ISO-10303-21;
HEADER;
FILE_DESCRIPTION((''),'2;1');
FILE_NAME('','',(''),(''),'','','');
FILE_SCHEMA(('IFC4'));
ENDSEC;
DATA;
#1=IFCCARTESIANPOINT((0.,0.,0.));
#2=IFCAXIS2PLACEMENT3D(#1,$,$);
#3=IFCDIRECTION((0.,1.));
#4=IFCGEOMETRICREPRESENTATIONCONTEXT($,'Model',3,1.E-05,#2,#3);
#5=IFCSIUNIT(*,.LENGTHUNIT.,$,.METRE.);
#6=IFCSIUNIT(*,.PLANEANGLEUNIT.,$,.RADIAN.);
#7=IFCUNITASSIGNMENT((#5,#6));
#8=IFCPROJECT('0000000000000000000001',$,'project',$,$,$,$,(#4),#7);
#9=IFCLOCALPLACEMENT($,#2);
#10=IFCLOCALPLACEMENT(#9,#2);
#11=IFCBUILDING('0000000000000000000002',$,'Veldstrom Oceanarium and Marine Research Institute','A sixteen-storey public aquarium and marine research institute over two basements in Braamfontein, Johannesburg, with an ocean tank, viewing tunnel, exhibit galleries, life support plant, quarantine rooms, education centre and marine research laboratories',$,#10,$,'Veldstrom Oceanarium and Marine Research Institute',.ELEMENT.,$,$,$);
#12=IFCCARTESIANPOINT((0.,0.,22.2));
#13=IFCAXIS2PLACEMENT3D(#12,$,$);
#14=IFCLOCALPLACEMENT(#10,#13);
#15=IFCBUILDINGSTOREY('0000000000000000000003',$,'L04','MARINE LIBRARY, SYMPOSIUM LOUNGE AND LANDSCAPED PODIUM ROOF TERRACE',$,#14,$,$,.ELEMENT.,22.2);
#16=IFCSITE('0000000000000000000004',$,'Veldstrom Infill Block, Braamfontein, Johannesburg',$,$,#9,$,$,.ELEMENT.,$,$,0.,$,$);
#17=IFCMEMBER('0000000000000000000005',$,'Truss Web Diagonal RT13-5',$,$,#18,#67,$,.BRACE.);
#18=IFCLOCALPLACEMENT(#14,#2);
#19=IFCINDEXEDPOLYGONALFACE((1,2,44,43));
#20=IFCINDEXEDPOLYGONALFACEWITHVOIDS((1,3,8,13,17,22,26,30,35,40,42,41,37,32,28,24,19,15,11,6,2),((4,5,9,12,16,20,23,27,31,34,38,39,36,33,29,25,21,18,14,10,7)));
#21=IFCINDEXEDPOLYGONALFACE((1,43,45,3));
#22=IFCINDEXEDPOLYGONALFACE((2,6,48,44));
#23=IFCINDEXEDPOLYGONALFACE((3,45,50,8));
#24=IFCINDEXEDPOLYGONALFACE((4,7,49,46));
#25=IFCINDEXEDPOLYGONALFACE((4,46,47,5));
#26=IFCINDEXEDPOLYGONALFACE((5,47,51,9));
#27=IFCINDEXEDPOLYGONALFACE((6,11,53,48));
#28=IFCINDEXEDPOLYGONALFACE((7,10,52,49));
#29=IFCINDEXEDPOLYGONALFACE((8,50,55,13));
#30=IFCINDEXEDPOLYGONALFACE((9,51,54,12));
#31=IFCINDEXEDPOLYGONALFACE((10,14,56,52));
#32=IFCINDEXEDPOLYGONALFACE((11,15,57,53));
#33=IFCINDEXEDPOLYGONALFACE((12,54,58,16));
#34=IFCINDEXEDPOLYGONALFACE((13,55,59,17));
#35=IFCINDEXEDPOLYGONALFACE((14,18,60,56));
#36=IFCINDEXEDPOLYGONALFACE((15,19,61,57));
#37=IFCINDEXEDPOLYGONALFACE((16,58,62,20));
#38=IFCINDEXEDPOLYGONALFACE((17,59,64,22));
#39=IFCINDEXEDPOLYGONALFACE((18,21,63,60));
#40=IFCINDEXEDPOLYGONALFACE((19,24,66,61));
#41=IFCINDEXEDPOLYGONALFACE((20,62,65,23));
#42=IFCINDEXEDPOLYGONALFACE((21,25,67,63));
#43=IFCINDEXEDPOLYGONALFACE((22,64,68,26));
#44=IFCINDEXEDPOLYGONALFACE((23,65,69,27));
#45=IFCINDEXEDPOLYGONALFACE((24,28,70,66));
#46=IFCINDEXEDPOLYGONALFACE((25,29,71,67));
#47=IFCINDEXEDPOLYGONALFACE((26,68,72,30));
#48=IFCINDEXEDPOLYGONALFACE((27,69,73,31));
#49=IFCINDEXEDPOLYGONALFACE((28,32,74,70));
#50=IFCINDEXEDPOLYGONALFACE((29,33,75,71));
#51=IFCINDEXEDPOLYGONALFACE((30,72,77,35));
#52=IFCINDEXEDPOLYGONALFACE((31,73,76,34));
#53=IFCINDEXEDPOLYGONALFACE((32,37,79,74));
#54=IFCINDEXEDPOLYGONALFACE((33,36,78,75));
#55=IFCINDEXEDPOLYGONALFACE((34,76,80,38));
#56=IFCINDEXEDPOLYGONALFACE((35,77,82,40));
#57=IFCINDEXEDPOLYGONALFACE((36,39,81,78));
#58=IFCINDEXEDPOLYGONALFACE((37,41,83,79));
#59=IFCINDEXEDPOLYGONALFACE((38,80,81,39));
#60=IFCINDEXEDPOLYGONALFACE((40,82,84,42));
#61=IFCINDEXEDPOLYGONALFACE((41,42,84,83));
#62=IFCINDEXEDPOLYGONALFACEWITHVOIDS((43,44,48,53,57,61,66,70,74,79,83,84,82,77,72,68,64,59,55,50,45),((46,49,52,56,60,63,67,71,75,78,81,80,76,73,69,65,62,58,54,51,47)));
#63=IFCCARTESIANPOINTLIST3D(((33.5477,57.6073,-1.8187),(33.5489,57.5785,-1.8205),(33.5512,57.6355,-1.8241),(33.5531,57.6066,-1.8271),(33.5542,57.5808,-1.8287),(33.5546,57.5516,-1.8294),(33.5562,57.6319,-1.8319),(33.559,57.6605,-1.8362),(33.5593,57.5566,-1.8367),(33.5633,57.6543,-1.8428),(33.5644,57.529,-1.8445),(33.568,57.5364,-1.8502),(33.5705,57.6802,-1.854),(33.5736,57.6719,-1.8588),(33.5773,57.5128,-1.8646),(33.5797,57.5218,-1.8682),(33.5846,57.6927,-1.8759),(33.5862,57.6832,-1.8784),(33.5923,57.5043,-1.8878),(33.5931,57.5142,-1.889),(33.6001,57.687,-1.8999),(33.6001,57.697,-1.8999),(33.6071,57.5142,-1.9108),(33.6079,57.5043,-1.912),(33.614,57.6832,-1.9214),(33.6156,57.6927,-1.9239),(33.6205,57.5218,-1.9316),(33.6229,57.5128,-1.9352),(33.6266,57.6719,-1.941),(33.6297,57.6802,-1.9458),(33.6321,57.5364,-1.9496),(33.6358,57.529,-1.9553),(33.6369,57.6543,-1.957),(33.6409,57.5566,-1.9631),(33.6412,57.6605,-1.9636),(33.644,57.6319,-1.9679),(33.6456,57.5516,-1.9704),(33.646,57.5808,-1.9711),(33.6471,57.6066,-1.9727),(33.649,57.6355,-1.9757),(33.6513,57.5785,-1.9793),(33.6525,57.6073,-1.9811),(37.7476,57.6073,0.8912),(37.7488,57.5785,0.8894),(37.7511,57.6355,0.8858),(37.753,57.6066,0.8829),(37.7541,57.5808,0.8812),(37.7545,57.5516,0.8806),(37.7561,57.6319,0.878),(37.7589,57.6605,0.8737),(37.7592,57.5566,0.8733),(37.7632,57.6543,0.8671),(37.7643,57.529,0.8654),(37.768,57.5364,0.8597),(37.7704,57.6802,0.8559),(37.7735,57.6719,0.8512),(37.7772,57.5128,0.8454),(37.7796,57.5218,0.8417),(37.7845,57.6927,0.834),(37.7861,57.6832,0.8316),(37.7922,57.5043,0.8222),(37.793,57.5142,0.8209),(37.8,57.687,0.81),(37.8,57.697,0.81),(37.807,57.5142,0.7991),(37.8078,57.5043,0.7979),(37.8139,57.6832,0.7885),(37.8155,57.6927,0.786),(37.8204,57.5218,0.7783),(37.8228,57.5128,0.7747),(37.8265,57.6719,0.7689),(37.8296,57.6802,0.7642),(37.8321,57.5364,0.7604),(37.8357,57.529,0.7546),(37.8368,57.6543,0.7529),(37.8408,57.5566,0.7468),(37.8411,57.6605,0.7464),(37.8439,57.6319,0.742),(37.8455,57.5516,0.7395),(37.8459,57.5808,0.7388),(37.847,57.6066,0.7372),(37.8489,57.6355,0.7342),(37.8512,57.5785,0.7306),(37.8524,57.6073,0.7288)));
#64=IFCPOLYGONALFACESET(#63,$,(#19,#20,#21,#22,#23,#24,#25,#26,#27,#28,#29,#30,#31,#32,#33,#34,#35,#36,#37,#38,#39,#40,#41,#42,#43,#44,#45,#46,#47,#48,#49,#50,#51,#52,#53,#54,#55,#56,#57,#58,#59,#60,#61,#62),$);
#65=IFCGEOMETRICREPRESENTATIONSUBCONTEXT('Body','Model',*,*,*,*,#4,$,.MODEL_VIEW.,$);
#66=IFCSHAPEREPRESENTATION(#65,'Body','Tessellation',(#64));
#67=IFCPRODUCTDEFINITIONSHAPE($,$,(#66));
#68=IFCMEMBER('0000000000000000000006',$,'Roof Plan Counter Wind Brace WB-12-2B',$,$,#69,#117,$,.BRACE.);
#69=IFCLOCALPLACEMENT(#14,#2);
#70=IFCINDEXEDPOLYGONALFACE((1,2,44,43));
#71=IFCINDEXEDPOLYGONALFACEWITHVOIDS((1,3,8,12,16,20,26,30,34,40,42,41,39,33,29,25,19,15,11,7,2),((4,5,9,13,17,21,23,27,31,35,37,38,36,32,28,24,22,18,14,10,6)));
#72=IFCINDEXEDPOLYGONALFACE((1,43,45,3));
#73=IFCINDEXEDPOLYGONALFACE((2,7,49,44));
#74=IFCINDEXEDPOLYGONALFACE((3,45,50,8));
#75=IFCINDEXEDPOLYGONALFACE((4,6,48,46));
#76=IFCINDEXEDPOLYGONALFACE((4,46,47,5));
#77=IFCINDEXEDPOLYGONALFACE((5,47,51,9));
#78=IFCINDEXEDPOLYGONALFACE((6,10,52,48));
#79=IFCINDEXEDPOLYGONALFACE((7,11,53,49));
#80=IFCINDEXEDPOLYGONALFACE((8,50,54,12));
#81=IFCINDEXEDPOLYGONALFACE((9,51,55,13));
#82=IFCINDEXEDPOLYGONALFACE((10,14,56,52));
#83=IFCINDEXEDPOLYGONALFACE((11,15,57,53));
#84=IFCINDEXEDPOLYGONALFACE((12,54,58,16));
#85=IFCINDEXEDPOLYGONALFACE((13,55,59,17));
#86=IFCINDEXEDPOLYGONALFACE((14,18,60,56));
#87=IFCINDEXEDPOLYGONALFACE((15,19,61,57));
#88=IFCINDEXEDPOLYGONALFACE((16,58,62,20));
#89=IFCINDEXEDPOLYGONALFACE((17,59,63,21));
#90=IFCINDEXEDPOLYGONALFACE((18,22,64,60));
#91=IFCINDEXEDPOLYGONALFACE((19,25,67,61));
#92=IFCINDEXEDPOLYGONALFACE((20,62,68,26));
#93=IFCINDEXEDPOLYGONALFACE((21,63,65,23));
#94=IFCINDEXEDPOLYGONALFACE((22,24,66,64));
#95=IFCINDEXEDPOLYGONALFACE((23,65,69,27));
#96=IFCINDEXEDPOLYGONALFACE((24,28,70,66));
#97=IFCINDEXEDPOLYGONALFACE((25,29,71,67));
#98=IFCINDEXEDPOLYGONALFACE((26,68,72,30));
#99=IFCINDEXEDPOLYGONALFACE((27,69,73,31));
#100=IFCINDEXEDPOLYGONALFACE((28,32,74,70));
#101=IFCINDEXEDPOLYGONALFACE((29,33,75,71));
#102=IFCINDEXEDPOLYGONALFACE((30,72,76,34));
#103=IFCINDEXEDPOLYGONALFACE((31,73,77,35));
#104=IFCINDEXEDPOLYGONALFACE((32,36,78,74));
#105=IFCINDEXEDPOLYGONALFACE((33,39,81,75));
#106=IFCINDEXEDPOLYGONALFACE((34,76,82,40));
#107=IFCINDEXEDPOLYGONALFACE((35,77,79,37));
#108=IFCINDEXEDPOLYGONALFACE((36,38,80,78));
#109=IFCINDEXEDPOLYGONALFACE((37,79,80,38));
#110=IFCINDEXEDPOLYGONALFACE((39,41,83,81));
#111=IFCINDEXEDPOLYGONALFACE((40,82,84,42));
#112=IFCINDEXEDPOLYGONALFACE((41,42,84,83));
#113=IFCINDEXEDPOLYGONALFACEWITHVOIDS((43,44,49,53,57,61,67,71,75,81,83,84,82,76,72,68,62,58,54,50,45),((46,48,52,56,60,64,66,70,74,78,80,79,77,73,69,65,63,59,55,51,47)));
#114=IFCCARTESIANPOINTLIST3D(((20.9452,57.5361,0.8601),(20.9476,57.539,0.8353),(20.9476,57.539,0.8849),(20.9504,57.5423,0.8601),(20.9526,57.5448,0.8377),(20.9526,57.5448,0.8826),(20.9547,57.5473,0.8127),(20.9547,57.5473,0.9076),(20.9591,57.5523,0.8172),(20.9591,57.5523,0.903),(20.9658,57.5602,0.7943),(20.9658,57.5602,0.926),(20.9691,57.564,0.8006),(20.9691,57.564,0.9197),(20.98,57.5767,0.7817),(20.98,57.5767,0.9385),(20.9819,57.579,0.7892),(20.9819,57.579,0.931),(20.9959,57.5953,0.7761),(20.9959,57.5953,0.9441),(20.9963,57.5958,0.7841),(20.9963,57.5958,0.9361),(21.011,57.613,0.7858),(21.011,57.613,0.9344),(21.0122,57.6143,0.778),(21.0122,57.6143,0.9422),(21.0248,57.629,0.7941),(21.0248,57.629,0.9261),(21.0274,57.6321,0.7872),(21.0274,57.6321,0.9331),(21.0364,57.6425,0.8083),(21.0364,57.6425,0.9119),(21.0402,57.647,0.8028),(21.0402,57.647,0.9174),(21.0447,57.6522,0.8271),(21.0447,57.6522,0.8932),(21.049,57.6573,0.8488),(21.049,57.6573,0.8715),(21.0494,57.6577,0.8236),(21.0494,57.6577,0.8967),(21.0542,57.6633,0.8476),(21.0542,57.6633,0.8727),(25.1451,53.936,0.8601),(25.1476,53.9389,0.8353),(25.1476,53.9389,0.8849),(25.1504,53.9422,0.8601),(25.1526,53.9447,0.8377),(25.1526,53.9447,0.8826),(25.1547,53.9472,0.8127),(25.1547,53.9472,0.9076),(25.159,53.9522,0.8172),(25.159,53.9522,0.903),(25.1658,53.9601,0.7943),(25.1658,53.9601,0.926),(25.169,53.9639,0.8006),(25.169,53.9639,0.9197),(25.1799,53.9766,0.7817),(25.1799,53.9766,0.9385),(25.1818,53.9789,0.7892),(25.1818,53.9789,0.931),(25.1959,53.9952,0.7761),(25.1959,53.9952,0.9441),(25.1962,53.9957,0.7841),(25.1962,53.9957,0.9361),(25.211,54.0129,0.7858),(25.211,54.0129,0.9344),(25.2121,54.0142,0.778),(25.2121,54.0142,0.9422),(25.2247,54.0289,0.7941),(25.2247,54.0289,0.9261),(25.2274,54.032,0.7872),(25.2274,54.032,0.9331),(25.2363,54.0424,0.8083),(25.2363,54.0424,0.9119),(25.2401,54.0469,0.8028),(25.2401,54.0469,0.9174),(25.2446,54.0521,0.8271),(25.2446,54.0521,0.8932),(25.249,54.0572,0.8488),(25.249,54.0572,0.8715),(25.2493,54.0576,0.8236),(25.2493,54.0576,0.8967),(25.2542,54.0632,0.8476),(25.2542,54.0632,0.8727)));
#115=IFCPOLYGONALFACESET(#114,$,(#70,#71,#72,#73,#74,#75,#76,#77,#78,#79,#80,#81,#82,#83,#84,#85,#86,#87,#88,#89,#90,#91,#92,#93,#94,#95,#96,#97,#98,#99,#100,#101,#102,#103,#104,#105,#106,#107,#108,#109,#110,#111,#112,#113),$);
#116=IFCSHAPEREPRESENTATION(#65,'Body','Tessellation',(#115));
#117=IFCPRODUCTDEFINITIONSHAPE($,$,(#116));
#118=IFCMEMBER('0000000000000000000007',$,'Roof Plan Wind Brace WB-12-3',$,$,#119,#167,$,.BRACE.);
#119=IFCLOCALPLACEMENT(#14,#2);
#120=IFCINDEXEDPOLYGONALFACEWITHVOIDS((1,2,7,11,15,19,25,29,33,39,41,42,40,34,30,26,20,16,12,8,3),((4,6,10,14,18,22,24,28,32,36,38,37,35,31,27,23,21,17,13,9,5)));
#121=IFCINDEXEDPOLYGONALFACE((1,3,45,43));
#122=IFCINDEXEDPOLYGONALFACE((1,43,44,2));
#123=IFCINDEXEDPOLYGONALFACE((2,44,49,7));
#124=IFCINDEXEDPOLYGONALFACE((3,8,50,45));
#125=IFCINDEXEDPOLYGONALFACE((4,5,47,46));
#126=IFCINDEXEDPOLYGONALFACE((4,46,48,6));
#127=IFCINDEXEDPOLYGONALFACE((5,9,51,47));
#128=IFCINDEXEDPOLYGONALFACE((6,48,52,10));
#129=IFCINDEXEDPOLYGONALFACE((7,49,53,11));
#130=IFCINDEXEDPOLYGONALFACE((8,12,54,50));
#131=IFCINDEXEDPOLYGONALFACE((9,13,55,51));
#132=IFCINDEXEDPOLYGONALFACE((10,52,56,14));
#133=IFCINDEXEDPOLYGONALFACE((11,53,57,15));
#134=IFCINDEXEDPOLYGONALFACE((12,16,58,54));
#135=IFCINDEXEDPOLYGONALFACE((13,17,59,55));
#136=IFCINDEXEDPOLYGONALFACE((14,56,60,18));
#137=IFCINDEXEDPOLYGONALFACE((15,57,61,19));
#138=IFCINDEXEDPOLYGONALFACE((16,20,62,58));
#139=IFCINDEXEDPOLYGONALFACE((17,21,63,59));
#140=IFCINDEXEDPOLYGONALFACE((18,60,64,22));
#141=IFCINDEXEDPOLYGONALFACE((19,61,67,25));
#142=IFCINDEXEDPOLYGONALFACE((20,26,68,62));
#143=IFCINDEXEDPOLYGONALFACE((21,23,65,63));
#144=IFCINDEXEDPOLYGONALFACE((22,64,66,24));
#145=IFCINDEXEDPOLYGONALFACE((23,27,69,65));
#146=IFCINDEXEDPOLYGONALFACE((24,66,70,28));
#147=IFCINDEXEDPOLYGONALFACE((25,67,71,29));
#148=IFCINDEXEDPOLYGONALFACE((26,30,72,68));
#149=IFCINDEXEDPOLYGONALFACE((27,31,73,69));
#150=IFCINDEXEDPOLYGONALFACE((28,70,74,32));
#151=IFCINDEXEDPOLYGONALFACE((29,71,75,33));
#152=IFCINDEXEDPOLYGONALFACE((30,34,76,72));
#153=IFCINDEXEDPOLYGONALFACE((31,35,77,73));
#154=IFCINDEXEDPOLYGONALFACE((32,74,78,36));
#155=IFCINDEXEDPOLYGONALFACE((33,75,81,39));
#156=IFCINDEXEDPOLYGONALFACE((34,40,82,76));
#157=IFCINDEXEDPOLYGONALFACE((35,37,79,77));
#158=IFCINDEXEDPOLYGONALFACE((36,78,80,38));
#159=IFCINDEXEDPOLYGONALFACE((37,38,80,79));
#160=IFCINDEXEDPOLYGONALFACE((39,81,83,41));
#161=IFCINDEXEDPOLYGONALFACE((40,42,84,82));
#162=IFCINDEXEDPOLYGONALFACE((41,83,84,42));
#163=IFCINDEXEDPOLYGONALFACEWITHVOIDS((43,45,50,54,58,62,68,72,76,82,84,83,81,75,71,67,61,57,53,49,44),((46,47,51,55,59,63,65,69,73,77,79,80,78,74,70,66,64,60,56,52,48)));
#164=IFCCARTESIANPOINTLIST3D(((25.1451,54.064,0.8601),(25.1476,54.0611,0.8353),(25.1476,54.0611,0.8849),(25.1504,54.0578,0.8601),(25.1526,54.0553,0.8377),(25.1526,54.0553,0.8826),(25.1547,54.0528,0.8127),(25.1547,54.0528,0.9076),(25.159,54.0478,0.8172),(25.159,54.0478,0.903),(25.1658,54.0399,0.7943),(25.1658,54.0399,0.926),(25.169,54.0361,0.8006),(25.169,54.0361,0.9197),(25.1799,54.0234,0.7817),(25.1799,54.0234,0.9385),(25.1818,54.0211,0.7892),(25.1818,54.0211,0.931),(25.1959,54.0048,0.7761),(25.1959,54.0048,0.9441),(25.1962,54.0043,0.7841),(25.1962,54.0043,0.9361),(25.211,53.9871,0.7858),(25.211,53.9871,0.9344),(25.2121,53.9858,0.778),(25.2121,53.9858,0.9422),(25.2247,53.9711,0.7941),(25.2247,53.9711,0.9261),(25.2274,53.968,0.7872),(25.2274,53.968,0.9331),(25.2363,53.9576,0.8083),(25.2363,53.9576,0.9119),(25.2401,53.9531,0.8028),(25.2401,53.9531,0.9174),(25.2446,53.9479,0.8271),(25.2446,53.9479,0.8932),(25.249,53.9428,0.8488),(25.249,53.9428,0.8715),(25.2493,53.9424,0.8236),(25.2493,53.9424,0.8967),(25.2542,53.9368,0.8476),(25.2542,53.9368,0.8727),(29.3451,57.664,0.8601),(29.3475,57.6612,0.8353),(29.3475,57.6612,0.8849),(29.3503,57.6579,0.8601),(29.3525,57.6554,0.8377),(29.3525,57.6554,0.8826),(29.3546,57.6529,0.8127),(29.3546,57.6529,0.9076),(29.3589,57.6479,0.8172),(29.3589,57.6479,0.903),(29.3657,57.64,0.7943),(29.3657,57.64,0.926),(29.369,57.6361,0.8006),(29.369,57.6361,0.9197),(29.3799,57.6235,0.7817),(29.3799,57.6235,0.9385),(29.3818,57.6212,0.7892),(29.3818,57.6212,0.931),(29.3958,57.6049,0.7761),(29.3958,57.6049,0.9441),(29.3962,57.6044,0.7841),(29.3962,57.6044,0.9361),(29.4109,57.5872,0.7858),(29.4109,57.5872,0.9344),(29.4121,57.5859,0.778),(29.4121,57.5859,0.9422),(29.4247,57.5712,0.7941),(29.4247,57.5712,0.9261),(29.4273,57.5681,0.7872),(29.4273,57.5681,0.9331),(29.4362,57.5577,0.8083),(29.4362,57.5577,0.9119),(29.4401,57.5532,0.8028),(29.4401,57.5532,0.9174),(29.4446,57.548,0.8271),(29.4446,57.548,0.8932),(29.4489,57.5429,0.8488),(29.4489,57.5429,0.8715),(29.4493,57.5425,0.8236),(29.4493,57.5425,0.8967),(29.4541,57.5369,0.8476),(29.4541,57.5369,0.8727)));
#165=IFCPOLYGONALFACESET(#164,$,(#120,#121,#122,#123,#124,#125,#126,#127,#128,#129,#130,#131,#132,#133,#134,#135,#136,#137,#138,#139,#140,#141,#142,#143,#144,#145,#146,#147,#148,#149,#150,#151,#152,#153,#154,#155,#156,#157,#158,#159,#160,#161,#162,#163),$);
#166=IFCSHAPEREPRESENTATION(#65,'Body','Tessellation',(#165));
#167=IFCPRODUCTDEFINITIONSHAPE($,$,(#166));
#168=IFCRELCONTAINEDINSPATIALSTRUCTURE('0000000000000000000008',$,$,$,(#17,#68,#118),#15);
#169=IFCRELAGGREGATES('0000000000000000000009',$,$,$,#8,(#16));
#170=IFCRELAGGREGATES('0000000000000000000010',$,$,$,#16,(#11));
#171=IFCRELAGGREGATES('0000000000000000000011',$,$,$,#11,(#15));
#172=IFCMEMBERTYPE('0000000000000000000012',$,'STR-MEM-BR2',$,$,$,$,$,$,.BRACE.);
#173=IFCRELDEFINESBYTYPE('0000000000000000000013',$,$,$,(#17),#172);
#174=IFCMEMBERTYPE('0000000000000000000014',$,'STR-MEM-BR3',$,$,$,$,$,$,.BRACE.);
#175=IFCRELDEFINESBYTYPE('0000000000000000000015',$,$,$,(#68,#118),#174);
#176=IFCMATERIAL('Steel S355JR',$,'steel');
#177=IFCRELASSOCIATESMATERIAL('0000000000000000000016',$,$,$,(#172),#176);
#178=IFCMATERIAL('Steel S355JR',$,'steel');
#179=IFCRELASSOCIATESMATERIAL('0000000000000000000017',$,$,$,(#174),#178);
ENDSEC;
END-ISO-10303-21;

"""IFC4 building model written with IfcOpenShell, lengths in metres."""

from ifc_helpers import new_model, si_unit, direction, frame, origin, origin_2d, place, context, subcontext, project, spatial, hollow_circle, extrude, material, material_profile, profile_set, type_object, element, save


model = new_model("IFC4")

# Units and contexts
model_context = context("Model", 3, precision=1e-05, world=origin(), true_north=direction((0.0, 1.0)))
body_context = subcontext(model_context, "Body", "Model", "MODEL_VIEW")
ifc_project = project(units=[si_unit("LENGTHUNIT", "METRE"), si_unit("PLANEANGLEUNIT", "RADIAN")], contexts=[model_context])

# Site, building, storey
site_placement = place(None, origin())
site = spatial("IfcSite", under=ifc_project, at=site_placement, Name="Veldstrom Infill Block, Braamfontein, Johannesburg", CompositionType="ELEMENT", RefElevation=0.0)
building_placement = place(site_placement, origin())
building = spatial("IfcBuilding", under=site, at=building_placement, Name="Veldstrom Oceanarium and Marine Research Institute", Description="A sixteen-storey public aquarium and marine research institute over two basements in Braamfontein, Johannesburg, with an ocean tank, viewing tunnel, exhibit galleries, life support plant, quarantine rooms, education centre and marine research laboratories", LongName="Veldstrom Oceanarium and Marine Research Institute", CompositionType="ELEMENT")
storey_placement = place(building_placement, frame((0.0, 0.0, 22.2)))
storey = spatial("IfcBuildingStorey", under=building, at=storey_placement, Name="L04", Description="MARINE LIBRARY, SYMPOSIUM LOUNGE AND LANDSCAPED PODIUM ROOF TERRACE", CompositionType="ELEMENT", Elevation=22.2)

# Members
ifc_material_1 = material(Name="Steel S355JR", Category="steel")
ifc_material_profile_1 = material_profile(ifc_material_1, hollow_circle(Radius=0.0969, WallThickness=0.01, at=origin_2d()), Name="CHS 193.7x10")
ifc_profile_set_1 = profile_set([ifc_material_profile_1], Name="Steel S355JR")
member_type_1 = type_object("IfcMemberType", Name="STR-MEM-BR2", PredefinedType="BRACE", material=ifc_profile_set_1)
member_1_placement = place(storey_placement, frame((33.6001, 57.6001, -1.8999), z_axis=(0.840268, 0.0, 0.542171), x_axis=(0.0, 1.0, 0.0)))
element("IfcMember", 1, at=member_1_placement, inside=storey, type_object=member_type_1, Name="Truss Web Diagonal RT13-5", PredefinedType="BRACE", context=body_context, shape_type="SweptSolid", body=[
    extrude(hollow_circle(Radius=0.0969, WallThickness=0.01, at=origin_2d()), origin(), (0.0, 0.0, 1.0), 4.9983),
])
ifc_material_2 = material(Name="Steel S355JR", Category="steel")
ifc_material_profile_2 = material_profile(ifc_material_2, hollow_circle(Radius=0.0842, WallThickness=0.0081, at=origin_2d()), Name="CHS 168.3x8")
ifc_profile_set_2 = profile_set([ifc_material_profile_2], Name="Steel S355JR")
member_type_2 = type_object("IfcMemberType", Name="STR-MEM-BR3", PredefinedType="BRACE", material=ifc_profile_set_2)
for number, where, z_axis, x_axis, name in (
    (2, (25.2, 54.0, 0.8601), (-0.759244, 0.650806, 0.0), (-0.650806, -0.759244, 0.0), "Roof Plan Counter Wind Brace WB-12-2B"),
    (3, (25.2, 54.0, 0.8601), (0.759244, 0.650806, 0.0), (-0.650806, 0.759244, 0.0), "Roof Plan Wind Brace WB-12-3"),
):
    element("IfcMember", number, at=place(storey_placement, frame(where, z_axis=z_axis, x_axis=x_axis)), inside=storey, type_object=member_type_2, Name=name, PredefinedType="BRACE", context=body_context, shape_type="SweptSolid", body=[
        extrude(hollow_circle(Radius=0.0842, WallThickness=0.0081, at=origin_2d()), origin(), (0.0, 0.0, 1.0), 5.5317),
    ])

save(model, "model.ifc")
